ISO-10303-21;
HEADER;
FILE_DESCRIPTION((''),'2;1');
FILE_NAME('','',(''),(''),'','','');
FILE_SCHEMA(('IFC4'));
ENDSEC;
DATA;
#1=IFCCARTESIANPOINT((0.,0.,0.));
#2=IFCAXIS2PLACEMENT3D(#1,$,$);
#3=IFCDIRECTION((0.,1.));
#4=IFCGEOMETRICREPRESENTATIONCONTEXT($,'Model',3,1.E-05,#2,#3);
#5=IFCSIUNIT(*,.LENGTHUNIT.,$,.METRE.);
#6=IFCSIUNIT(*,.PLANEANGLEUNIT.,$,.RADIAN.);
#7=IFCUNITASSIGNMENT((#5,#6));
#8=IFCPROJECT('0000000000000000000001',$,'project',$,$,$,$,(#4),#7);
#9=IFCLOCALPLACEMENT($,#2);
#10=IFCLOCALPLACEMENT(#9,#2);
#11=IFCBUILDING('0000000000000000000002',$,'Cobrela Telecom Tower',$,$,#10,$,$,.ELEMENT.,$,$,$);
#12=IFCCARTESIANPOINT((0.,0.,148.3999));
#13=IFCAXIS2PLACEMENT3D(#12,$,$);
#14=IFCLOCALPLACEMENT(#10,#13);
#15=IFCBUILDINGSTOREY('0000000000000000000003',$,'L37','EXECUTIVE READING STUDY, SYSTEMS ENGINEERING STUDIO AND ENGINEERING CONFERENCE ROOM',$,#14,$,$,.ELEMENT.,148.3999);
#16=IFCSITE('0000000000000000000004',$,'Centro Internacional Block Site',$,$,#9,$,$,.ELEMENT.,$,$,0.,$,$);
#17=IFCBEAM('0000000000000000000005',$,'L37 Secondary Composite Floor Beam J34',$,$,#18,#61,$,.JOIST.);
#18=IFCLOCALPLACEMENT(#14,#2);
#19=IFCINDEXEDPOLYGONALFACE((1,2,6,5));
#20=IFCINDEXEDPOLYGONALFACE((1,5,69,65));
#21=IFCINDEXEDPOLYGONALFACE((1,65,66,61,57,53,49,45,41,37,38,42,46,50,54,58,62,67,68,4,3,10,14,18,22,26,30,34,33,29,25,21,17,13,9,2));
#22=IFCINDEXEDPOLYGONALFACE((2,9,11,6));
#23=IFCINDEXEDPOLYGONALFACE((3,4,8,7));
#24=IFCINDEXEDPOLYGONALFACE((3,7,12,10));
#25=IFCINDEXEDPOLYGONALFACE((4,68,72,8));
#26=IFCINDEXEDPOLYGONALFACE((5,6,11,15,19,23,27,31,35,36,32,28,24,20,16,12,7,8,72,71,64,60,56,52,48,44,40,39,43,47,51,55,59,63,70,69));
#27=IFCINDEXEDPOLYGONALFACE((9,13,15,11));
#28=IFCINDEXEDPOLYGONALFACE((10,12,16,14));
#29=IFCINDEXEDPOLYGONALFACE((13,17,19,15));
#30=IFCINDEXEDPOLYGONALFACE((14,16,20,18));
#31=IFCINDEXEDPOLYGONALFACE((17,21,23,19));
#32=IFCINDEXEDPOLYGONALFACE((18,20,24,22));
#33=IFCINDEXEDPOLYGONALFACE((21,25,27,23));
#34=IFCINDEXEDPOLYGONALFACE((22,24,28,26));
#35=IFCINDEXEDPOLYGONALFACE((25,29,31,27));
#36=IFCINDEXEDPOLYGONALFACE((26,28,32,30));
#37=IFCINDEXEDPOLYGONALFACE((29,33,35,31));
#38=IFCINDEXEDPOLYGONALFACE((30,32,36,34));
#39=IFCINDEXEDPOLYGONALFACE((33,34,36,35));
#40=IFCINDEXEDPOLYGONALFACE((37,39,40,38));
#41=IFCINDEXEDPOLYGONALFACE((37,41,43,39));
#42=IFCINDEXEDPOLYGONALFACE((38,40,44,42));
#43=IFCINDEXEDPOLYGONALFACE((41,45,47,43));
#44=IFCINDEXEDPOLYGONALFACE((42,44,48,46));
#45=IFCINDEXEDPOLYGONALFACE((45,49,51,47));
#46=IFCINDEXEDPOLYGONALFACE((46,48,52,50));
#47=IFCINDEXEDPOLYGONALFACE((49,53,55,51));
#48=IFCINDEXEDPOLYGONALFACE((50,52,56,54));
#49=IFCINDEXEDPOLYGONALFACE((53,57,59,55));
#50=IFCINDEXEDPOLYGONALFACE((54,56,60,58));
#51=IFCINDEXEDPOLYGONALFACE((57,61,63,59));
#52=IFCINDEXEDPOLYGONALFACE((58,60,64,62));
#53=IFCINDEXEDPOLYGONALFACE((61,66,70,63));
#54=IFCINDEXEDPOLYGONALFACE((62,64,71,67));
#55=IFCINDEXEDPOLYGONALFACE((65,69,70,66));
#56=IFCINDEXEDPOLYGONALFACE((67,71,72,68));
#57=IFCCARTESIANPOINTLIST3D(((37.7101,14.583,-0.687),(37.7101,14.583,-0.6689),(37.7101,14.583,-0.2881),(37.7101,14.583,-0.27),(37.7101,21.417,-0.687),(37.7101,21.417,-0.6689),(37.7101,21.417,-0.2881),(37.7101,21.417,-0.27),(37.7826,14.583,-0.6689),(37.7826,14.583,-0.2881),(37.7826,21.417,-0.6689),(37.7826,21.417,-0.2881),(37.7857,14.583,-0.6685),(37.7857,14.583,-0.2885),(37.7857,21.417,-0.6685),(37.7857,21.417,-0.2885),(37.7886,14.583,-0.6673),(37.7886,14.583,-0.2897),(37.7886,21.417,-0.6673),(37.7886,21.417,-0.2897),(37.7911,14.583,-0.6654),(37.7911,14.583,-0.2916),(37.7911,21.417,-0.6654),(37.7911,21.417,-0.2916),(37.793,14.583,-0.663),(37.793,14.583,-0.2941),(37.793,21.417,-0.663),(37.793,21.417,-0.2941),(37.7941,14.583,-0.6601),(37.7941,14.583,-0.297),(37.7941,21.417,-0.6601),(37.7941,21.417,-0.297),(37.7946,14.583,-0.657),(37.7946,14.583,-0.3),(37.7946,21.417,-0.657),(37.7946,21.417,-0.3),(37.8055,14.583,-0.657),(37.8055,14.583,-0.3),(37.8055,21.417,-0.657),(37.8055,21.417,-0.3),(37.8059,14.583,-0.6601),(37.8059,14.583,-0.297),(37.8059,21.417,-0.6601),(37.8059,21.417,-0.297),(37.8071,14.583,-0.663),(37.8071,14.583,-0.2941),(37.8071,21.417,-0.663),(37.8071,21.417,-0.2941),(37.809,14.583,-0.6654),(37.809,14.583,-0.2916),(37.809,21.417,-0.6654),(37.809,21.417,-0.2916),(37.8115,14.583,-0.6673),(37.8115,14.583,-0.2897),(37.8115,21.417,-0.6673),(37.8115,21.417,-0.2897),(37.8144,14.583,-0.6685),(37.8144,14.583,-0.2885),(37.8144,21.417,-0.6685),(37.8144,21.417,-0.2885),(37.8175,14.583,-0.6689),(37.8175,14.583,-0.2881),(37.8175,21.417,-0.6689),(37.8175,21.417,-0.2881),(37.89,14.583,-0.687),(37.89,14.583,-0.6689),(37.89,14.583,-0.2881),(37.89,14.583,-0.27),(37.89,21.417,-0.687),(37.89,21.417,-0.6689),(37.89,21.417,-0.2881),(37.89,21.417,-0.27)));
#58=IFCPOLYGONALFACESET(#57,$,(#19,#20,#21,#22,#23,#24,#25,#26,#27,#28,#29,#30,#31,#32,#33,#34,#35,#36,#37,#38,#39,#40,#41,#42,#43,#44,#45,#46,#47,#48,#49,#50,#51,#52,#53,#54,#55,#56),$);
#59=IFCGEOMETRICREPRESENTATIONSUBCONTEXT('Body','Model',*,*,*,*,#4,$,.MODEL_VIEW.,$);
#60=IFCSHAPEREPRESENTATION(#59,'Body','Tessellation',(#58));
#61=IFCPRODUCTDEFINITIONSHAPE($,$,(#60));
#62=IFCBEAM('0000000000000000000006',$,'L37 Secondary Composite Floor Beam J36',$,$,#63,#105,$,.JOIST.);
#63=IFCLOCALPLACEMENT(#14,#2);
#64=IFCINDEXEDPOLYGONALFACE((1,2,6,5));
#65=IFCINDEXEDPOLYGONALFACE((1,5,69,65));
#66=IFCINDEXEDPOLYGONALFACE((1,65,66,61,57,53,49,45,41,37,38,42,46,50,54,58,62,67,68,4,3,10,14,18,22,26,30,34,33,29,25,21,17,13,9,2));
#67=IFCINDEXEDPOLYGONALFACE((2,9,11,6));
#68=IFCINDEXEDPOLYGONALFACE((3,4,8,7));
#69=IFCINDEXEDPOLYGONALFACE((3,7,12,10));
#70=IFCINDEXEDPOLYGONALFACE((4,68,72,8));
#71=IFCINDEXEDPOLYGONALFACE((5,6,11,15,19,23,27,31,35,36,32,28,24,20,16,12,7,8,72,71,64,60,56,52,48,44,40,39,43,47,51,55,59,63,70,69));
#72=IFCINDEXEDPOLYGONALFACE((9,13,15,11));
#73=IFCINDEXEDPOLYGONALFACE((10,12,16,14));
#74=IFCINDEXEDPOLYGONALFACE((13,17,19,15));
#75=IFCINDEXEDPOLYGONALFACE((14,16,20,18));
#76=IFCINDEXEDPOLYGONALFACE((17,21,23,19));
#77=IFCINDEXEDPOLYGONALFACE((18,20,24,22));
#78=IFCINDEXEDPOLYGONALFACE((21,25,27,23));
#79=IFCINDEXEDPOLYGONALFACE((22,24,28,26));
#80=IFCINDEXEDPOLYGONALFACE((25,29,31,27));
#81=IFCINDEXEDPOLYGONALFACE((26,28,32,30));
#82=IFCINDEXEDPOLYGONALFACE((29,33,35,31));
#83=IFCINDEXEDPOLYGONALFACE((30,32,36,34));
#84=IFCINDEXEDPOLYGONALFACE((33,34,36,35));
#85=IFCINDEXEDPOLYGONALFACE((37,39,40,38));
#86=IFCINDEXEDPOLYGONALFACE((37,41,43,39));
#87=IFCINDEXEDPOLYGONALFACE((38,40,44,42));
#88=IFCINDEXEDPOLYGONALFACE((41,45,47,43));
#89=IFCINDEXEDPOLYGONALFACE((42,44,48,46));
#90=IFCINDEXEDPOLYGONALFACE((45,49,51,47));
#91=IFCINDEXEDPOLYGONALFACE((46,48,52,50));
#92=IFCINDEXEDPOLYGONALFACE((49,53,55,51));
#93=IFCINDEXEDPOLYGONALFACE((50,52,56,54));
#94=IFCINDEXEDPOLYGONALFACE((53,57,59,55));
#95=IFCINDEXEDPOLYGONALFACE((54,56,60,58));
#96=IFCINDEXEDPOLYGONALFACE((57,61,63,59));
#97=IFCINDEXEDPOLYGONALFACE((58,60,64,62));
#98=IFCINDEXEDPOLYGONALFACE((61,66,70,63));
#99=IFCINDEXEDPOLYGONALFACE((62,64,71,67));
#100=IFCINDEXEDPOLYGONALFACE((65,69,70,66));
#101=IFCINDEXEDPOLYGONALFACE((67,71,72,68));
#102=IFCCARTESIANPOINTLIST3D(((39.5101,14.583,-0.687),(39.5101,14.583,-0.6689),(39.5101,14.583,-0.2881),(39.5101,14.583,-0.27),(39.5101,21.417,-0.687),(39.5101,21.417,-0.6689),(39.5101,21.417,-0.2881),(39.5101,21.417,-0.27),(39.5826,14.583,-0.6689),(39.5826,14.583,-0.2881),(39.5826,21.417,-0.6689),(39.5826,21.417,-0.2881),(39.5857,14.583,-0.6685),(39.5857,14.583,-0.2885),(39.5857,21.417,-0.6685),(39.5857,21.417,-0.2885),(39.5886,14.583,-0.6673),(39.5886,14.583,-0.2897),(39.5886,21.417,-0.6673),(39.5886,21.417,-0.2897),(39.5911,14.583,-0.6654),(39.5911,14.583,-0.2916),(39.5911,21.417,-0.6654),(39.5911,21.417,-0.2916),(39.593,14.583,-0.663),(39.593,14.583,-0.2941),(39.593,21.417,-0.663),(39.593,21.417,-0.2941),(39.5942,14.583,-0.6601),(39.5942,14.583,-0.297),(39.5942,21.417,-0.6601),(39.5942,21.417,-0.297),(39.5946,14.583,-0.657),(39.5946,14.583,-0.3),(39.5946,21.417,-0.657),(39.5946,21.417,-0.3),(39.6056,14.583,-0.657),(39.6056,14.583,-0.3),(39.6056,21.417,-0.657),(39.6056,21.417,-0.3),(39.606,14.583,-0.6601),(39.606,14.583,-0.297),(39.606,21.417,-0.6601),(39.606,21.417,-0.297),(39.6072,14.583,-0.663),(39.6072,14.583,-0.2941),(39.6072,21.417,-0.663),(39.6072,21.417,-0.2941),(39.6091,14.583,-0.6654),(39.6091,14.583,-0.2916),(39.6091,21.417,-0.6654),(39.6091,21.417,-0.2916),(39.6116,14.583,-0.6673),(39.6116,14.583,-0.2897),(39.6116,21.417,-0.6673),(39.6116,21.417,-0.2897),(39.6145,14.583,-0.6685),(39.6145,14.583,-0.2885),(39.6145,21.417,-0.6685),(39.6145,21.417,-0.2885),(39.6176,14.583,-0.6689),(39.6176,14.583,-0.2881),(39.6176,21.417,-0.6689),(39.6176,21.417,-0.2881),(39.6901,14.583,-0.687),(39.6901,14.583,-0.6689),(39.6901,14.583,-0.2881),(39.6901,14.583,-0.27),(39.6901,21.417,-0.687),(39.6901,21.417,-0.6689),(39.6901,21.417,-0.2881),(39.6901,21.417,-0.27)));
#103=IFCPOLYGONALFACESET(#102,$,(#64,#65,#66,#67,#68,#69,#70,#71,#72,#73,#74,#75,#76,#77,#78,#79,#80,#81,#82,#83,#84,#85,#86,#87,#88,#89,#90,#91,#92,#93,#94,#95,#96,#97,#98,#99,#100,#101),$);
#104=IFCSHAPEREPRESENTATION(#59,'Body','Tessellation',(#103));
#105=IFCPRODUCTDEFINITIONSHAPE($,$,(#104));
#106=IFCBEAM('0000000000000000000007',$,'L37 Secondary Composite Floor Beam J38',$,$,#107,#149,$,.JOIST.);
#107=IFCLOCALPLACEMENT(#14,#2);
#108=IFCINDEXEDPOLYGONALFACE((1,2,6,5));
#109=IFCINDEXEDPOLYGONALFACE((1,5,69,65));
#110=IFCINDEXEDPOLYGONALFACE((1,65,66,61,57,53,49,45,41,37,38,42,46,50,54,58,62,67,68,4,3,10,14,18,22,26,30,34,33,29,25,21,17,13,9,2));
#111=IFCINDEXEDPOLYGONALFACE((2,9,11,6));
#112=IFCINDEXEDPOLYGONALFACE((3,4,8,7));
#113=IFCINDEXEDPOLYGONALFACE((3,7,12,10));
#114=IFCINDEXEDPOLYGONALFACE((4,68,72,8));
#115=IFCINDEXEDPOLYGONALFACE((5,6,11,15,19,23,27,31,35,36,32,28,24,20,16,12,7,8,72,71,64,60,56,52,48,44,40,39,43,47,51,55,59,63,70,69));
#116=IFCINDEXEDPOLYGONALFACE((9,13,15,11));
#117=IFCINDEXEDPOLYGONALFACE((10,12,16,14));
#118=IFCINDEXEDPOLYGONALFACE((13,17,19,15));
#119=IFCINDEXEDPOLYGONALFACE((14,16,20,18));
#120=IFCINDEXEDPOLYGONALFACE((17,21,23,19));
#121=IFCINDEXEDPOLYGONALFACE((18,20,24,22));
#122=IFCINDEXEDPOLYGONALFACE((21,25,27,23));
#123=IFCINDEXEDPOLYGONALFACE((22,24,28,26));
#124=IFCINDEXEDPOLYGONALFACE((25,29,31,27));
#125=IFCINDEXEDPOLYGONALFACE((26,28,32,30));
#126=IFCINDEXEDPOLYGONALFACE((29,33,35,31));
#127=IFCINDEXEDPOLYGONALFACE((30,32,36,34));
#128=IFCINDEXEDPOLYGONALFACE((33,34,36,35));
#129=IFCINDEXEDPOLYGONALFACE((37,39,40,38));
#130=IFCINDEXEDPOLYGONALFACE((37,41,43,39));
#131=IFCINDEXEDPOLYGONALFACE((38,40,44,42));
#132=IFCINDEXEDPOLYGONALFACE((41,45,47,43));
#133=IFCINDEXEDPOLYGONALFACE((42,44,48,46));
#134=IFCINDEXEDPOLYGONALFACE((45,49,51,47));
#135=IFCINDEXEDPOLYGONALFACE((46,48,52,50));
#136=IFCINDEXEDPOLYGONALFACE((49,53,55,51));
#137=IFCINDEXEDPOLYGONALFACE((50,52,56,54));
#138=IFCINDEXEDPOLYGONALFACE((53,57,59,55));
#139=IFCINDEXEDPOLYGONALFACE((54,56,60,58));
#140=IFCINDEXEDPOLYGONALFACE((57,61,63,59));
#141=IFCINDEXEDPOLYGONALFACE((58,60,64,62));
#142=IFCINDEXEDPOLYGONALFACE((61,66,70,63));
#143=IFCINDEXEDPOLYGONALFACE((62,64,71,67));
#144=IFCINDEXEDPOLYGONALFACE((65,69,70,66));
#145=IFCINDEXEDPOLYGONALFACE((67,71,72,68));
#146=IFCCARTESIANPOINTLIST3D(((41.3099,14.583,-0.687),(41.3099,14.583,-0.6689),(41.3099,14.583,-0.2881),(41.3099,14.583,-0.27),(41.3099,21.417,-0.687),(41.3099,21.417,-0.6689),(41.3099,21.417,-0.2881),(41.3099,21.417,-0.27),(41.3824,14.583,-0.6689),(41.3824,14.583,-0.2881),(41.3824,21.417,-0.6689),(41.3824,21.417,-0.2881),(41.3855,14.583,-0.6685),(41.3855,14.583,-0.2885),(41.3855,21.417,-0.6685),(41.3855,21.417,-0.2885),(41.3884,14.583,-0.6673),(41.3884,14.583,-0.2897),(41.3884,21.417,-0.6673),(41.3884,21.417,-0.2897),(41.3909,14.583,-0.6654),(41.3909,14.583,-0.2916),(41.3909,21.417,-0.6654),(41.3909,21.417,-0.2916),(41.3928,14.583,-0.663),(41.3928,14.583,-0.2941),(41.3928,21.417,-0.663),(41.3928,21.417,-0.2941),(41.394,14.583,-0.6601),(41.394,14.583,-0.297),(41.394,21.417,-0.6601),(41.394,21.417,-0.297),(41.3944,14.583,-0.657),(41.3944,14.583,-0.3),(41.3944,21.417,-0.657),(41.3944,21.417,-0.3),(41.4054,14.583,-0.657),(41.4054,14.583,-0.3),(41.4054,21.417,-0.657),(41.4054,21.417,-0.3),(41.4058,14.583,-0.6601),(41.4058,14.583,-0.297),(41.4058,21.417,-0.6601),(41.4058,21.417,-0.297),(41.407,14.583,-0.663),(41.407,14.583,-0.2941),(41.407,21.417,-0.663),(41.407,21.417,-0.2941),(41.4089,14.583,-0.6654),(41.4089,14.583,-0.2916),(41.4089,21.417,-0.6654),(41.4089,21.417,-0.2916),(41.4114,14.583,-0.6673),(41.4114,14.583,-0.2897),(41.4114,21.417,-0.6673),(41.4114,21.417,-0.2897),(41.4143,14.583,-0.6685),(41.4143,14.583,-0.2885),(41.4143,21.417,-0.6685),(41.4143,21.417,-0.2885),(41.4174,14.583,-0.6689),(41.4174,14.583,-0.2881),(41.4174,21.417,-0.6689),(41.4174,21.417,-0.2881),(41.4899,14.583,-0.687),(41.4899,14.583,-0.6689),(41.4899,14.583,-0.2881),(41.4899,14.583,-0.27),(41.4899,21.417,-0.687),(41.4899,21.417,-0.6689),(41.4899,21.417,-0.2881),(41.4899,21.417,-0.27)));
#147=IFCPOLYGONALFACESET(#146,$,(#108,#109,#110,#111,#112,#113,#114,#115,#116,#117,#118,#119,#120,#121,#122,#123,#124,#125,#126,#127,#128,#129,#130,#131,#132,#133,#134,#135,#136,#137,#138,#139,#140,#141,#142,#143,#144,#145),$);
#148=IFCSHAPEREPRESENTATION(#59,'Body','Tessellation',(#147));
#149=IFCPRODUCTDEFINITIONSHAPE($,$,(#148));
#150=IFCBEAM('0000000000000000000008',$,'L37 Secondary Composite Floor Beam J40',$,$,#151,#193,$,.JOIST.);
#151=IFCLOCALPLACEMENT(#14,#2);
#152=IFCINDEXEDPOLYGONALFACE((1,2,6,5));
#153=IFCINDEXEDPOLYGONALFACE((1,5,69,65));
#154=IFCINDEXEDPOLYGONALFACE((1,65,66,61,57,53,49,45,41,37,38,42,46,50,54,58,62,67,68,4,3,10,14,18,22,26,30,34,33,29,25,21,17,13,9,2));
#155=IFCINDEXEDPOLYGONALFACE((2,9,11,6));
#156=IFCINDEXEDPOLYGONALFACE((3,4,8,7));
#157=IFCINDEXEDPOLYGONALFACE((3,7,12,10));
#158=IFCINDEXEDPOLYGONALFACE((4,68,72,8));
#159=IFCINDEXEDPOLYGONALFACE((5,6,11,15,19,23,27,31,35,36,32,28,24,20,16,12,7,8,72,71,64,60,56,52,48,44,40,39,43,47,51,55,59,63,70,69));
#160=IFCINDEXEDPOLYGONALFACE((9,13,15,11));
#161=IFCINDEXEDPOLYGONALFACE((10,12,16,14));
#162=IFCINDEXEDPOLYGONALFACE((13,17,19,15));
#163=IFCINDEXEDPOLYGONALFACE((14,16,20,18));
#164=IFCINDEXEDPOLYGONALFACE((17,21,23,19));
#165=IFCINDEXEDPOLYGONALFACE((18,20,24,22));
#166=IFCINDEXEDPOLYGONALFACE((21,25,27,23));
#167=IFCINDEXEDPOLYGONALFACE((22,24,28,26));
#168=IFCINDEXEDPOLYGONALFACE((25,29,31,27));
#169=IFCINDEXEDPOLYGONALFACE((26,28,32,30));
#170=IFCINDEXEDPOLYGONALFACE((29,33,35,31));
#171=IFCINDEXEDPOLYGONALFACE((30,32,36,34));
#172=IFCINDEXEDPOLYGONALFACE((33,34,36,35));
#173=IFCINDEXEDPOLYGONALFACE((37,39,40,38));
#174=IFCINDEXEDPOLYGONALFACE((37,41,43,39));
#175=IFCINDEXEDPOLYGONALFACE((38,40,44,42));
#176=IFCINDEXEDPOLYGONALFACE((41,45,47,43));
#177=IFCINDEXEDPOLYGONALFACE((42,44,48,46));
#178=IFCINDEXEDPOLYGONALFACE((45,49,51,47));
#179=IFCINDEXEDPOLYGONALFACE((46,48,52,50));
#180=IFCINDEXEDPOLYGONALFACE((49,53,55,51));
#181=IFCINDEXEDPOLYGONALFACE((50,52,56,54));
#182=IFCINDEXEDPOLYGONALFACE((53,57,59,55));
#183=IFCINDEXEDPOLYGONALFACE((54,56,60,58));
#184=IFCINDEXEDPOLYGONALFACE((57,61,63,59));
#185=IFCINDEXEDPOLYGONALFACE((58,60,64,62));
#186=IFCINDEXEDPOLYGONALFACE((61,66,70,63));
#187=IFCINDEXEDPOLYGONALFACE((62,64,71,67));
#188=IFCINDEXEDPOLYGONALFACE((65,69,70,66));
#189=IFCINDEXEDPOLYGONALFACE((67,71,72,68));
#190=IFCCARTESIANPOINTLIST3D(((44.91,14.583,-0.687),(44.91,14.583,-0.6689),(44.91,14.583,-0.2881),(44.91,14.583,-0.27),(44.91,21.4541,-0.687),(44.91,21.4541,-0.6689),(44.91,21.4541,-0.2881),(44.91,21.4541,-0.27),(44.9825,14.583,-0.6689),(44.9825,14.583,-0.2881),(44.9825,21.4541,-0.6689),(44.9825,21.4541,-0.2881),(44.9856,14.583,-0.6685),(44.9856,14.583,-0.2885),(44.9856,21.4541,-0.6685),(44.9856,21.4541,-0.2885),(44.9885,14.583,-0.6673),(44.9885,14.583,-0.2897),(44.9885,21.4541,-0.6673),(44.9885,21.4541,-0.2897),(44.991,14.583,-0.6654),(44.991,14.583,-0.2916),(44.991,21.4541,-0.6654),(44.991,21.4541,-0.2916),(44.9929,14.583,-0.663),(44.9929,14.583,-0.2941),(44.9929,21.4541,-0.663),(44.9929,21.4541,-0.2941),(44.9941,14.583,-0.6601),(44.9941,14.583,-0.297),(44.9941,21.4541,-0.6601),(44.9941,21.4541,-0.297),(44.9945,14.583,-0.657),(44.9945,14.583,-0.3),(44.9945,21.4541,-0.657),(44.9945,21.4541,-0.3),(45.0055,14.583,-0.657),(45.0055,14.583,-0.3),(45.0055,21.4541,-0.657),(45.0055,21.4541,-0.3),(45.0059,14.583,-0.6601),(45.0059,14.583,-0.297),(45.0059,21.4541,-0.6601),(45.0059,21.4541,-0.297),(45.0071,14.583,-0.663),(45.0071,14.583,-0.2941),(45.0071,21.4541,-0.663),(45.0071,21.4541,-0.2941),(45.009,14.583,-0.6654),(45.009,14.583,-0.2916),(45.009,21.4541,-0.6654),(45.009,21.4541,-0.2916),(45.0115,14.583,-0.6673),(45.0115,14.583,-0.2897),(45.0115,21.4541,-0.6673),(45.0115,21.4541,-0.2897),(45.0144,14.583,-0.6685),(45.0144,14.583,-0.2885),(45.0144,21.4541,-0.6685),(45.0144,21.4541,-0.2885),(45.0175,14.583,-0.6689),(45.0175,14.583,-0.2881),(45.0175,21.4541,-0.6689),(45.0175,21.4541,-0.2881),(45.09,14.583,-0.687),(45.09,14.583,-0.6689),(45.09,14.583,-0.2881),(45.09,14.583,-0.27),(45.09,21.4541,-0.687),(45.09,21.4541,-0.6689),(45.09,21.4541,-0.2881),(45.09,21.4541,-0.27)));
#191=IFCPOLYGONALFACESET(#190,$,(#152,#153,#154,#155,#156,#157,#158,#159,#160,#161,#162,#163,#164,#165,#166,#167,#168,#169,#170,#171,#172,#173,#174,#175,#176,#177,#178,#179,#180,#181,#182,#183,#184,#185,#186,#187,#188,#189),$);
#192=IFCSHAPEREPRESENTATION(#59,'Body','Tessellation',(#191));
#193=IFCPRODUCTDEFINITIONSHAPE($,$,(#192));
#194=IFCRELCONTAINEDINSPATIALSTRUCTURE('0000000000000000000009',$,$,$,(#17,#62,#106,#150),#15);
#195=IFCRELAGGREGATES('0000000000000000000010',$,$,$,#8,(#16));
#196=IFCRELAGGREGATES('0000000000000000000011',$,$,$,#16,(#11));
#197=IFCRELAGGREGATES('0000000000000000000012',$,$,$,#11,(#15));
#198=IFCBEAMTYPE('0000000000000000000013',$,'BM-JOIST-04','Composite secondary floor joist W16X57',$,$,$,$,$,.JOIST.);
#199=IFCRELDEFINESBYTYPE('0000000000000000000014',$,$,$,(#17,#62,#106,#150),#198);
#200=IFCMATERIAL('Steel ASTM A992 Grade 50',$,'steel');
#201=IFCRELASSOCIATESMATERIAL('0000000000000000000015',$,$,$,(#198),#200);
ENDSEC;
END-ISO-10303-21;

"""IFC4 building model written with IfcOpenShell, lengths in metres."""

from ifc_helpers import new_model, si_unit, direction, frame, origin, origin_2d, place, context, subcontext, project, spatial, i_section, extrude, material, material_profile, profile_set, type_object, element, save


model = new_model("IFC4")

# Units and contexts
model_context = context("Model", 3, precision=1e-05, world=origin(), true_north=direction((0.0, 1.0)))
body_context = subcontext(model_context, "Body", "Model", "MODEL_VIEW")
ifc_project = project(units=[si_unit("LENGTHUNIT", "METRE"), si_unit("PLANEANGLEUNIT", "RADIAN")], contexts=[model_context])

# Site, building, storey
site_placement = place(None, origin())
site = spatial("IfcSite", under=ifc_project, at=site_placement, Name="Centro Internacional Block Site", CompositionType="ELEMENT", RefElevation=0.0)
building_placement = place(site_placement, origin())
building = spatial("IfcBuilding", under=site, at=building_placement, Name="Cobrela Telecom Tower", CompositionType="ELEMENT")
storey_placement = place(building_placement, frame((0.0, 0.0, 148.3999)))
storey = spatial("IfcBuildingStorey", under=building, at=storey_placement, Name="L37", Description="EXECUTIVE READING STUDY, SYSTEMS ENGINEERING STUDIO AND ENGINEERING CONFERENCE ROOM", CompositionType="ELEMENT", Elevation=148.3999)

# Shared definitions
ifc_material_1 = material(Name="Steel ASTM A992 Grade 50", Category="steel")

# Beams
ifc_material_profile_1 = material_profile(ifc_material_1, i_section(OverallWidth=0.1799, OverallDepth=0.417, WebThickness=0.011, FlangeThickness=0.0181, FilletRadius=0.012, at=origin_2d()), Name="W16X57")
ifc_profile_set_1 = profile_set([ifc_material_profile_1], Name="Steel ASTM A992 Grade 50")
beam_type_1 = type_object("IfcBeamType", Name="BM-JOIST-04", Description="Composite secondary floor joist W16X57", PredefinedType="JOIST", material=ifc_profile_set_1)
for number, where, z_axis, x_axis, name in (
    (1, (37.8, 14.583, -0.4785), (0.0, 1.0, 0.0), (-1.0, 0.0, 0.0), "L37 Secondary Composite Floor Beam J34"),
    (2, (39.6001, 14.583, -0.4785), (0.0, 1.0, 0.0), (-1.0, 0.0, 0.0), "L37 Secondary Composite Floor Beam J36"),
    (3, (41.3999, 14.583, -0.4785), (0.0, 1.0, 0.0), (-1.0, 0.0, 0.0), "L37 Secondary Composite Floor Beam J38"),
):
    element("IfcBeam", number, at=place(storey_placement, frame(where, z_axis=z_axis, x_axis=x_axis)), inside=storey, type_object=beam_type_1, Name=name, PredefinedType="JOIST", context=body_context, shape_type="SweptSolid", body=[
        extrude(i_section(OverallWidth=0.1799, OverallDepth=0.417, WebThickness=0.011, FlangeThickness=0.0181, FilletRadius=0.012, at=origin_2d()), origin(), (0.0, 0.0, 1.0), 6.834),
    ])
beam_1_placement = place(storey_placement, frame((45.0, 14.583, -0.4785), z_axis=(0.0, 1.0, 0.0), x_axis=(-1.0, 0.0, 0.0)))
element("IfcBeam", 4, at=beam_1_placement, inside=storey, type_object=beam_type_1, Name="L37 Secondary Composite Floor Beam J40", PredefinedType="JOIST", context=body_context, shape_type="SweptSolid", body=[
    extrude(i_section(OverallWidth=0.1799, OverallDepth=0.417, WebThickness=0.011, FlangeThickness=0.0181, FilletRadius=0.012, at=origin_2d()), origin(), (0.0, 0.0, 1.0), 6.8711),
])

save(model, "model.ifc")
